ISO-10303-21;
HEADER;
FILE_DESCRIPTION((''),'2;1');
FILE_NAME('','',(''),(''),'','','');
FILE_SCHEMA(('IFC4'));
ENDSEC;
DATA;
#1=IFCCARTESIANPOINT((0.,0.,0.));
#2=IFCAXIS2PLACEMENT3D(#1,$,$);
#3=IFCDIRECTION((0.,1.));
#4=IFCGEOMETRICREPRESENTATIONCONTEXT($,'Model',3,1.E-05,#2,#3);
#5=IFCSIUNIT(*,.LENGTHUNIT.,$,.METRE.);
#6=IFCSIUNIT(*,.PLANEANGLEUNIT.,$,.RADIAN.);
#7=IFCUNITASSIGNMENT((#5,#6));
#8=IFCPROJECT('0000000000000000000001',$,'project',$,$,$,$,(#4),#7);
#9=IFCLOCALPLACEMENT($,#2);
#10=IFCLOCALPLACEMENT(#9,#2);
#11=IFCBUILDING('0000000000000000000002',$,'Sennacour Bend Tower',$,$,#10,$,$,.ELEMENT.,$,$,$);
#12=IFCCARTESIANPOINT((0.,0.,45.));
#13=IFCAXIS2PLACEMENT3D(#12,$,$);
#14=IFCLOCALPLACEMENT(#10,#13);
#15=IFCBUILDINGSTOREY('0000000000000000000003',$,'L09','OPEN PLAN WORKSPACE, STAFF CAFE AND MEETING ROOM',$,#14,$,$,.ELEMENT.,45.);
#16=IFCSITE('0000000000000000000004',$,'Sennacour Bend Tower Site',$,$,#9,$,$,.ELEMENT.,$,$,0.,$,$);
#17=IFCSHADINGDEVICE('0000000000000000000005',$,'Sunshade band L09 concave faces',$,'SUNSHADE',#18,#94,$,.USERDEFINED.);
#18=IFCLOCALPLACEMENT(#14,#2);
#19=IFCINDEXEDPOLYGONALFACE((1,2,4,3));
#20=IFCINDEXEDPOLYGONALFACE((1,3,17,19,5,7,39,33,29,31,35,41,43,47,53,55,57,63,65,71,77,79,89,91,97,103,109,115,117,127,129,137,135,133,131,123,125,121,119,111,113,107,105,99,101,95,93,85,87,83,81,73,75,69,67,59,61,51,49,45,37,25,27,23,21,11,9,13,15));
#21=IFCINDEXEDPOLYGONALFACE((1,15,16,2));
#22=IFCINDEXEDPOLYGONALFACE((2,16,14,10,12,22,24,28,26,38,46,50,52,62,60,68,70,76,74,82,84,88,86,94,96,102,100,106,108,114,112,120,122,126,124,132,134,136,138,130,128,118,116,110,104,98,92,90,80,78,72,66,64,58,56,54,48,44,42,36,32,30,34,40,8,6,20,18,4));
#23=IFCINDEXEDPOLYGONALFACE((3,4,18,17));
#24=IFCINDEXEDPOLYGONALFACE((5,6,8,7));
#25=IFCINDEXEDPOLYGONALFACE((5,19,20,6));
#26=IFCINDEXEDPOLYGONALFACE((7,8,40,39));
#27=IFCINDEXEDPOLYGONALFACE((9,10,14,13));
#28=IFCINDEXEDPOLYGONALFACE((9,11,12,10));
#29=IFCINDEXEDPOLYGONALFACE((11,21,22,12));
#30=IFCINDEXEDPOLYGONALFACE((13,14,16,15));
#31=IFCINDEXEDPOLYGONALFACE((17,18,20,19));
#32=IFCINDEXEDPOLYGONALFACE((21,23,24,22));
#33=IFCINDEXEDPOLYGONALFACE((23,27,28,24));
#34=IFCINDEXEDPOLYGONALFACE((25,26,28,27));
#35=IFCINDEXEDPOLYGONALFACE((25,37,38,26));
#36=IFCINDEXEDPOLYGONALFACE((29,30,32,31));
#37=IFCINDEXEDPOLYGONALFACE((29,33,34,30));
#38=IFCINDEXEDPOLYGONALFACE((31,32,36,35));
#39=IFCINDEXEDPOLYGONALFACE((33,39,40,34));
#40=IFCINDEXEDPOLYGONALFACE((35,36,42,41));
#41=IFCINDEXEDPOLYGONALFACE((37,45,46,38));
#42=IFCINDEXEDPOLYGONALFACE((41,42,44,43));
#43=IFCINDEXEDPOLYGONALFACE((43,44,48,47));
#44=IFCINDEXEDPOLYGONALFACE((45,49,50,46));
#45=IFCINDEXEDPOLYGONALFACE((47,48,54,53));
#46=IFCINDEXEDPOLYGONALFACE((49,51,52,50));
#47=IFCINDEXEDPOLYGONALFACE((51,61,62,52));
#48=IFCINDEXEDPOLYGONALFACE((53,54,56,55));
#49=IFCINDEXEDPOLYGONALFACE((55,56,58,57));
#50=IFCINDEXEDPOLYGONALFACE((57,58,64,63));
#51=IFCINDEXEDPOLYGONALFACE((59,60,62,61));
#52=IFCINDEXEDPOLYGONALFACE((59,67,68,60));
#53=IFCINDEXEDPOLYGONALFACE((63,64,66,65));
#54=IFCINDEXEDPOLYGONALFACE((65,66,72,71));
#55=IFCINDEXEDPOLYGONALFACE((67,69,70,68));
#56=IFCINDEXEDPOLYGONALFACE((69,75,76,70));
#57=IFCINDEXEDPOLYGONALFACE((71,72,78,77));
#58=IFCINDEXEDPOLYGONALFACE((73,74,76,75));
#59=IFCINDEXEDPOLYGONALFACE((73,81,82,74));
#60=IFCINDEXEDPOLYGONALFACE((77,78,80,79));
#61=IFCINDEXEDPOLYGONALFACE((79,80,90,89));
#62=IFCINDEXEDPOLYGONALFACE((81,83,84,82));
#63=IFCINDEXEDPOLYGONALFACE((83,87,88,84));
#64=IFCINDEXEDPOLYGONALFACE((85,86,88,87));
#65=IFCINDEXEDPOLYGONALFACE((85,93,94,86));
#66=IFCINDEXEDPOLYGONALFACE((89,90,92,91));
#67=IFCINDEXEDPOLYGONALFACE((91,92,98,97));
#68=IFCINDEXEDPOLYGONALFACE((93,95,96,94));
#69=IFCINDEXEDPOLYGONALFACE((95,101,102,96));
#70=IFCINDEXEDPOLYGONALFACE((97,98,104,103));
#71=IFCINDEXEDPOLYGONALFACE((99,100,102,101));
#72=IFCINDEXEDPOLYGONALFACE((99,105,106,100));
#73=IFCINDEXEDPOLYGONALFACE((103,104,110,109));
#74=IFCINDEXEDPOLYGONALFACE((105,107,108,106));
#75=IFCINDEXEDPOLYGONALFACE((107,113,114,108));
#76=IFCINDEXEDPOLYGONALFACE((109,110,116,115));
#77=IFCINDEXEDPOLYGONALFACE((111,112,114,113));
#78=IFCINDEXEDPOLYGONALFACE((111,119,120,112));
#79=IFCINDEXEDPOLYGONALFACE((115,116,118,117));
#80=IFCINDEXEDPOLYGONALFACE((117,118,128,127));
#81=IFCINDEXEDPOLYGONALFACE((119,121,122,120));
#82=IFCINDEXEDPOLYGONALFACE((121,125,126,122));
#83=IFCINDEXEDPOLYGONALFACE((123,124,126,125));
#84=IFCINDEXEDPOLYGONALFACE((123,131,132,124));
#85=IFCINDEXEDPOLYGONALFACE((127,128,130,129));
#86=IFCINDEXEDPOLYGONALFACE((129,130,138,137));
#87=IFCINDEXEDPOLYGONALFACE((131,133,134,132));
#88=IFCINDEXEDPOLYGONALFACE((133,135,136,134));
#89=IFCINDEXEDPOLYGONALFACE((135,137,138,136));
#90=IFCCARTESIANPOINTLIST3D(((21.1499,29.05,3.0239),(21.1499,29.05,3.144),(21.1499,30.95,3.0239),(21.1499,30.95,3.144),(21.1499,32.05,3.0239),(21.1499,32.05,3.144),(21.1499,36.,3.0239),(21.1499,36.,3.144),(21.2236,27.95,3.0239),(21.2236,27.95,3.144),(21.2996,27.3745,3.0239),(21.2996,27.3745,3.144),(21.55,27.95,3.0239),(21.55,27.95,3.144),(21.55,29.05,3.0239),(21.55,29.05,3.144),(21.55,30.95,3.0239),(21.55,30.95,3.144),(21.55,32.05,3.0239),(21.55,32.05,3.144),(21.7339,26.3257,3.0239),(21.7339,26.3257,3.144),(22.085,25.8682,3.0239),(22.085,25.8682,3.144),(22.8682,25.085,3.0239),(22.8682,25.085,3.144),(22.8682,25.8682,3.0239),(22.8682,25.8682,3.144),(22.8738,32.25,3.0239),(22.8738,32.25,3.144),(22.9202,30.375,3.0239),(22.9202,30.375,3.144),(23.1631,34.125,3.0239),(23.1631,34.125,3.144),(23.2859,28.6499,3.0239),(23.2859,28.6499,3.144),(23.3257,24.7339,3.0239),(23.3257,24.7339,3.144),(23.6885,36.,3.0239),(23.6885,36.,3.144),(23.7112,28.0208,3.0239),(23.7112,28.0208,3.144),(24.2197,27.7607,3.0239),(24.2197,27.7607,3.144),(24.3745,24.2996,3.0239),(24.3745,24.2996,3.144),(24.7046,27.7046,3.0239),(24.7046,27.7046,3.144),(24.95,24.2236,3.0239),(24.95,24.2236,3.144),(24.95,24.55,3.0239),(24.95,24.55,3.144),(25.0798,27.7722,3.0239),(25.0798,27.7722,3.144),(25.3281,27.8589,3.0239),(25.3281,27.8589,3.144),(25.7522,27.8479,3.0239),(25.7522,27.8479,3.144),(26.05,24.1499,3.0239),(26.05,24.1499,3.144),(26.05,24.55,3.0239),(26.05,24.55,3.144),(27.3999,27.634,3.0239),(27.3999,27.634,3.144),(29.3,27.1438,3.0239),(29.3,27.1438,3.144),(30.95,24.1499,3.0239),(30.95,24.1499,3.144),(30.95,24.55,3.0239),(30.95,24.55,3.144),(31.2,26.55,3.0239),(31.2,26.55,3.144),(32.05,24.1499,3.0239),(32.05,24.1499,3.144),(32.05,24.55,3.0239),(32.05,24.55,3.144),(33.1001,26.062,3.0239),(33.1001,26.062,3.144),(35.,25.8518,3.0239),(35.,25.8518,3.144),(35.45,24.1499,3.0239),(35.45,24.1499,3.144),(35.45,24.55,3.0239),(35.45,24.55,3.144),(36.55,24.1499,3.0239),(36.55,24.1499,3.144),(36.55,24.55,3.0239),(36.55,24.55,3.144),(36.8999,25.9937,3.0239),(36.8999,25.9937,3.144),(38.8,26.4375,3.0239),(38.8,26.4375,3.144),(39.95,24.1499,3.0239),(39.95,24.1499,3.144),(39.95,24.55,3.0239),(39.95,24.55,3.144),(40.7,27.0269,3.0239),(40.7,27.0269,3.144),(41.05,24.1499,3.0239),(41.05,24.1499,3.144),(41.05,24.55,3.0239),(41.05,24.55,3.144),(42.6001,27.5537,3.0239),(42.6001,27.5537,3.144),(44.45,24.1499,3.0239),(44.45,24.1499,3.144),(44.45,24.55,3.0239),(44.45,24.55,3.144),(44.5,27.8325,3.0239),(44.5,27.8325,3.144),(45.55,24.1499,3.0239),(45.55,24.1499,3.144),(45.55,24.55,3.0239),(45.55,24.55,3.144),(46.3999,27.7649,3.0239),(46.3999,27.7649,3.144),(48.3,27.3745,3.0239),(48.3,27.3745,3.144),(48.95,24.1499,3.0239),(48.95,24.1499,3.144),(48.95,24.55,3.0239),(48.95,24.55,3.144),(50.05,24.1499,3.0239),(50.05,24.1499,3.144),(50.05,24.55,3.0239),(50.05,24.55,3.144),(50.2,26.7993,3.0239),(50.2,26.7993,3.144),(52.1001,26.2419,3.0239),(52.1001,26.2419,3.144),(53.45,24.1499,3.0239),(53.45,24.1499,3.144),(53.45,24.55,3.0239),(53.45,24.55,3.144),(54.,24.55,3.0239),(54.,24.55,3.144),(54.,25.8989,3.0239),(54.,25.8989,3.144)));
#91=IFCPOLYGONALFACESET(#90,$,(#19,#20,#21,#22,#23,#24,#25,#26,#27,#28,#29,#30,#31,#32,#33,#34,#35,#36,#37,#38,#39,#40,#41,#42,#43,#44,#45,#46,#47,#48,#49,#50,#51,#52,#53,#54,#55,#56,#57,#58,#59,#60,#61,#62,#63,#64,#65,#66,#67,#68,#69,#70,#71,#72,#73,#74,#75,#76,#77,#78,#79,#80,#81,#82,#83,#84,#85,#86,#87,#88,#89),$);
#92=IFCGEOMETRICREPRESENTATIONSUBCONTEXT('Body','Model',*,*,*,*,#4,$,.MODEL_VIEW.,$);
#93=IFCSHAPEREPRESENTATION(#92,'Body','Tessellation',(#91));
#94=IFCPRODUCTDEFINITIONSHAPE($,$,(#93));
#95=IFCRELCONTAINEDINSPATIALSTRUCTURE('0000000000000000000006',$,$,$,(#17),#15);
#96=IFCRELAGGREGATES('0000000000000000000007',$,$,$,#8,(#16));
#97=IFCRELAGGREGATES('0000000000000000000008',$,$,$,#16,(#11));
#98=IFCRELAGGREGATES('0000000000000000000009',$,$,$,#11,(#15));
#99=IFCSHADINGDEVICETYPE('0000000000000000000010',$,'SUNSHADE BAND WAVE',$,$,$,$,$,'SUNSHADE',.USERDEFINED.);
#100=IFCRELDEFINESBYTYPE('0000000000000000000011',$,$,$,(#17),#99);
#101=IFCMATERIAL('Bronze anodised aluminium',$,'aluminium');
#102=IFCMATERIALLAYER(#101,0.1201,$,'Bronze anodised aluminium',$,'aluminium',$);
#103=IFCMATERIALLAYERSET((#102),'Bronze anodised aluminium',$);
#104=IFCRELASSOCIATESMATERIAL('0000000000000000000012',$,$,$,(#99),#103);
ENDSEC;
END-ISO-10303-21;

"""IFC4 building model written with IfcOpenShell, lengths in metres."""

from ifc_helpers import new_model, si_unit, direction, frame, origin, place, context, subcontext, project, spatial, polyline, outline, extrude, material, layer, layer_set, type_object, element, save


model = new_model("IFC4")

# Units and contexts
model_context = context("Model", 3, precision=1e-05, world=origin(), true_north=direction((0.0, 1.0)))
body_context = subcontext(model_context, "Body", "Model", "MODEL_VIEW")
ifc_project = project(units=[si_unit("LENGTHUNIT", "METRE"), si_unit("PLANEANGLEUNIT", "RADIAN")], contexts=[model_context])

# Site, building, storey
site_placement = place(None, origin())
site = spatial("IfcSite", under=ifc_project, at=site_placement, Name="Sennacour Bend Tower Site", CompositionType="ELEMENT", RefElevation=0.0)
building_placement = place(site_placement, origin())
building = spatial("IfcBuilding", under=site, at=building_placement, Name="Sennacour Bend Tower", CompositionType="ELEMENT")
storey_placement = place(building_placement, frame((0.0, 0.0, 45.0)))
storey = spatial("IfcBuildingStorey", under=building, at=storey_placement, Name="L09", Description="OPEN PLAN WORKSPACE, STAFF CAFE AND MEETING ROOM", CompositionType="ELEMENT", Elevation=45.0)

# Shading device
ifc_material_1 = material(Name="Bronze anodised aluminium", Category="aluminium")
ifc_layer_1 = layer(ifc_material_1, 0.1201, Name="Bronze anodised aluminium", Category="aluminium")
ifc_layer_set_1 = layer_set([ifc_layer_1], Name="Bronze anodised aluminium")
shading_device_type_1 = type_object("IfcShadingDeviceType", Name="SUNSHADE BAND WAVE", ElementType="SUNSHADE", PredefinedType="USERDEFINED", material=ifc_layer_set_1)
shading_device_1_placement = place(storey_placement, frame((0.0, 0.0, 3.0239)))
element("IfcShadingDevice", 1, at=shading_device_1_placement, inside=storey, type_object=shading_device_type_1, Name="Sunshade band L09 concave faces", ObjectType="SUNSHADE", PredefinedType="USERDEFINED", context=body_context, shape_type="SweptSolid", body=[
    extrude(outline(polyline([(53.45, 24.1499), (50.05, 24.1499), (50.05, 24.55), (48.95, 24.55), (48.95, 24.1499), (45.55, 24.1499), (45.55, 24.55), (44.45, 24.55), (44.45, 24.1499), (41.05, 24.1499), (41.05, 24.55), (39.95, 24.55), (39.95, 24.1499), (36.55, 24.1499), (36.55, 24.55), (35.45, 24.55), (35.45, 24.1499), (32.05, 24.1499), (32.05, 24.55), (30.95, 24.55), (30.95, 24.1499), (26.05, 24.1499), (26.05, 24.55), (24.95, 24.55), (24.95, 24.2236), (24.3745, 24.2996), (23.3257, 24.7339), (22.8682, 25.085), (22.8682, 25.8682), (22.085, 25.8682), (21.7339, 26.3257), (21.2996, 27.3745), (21.2236, 27.95), (21.55, 27.95), (21.55, 29.05), (21.1499, 29.05), (21.1499, 30.95), (21.55, 30.95), (21.55, 32.05), (21.1499, 32.05), (21.1499, 36.0), (23.6885, 36.0), (23.1631, 34.125), (22.8738, 32.25), (22.9202, 30.375), (23.2859, 28.6499), (23.7112, 28.0208), (24.2197, 27.7607), (24.7046, 27.7046), (25.0798, 27.7722), (25.3281, 27.8589), (25.7522, 27.8479), (27.3999, 27.634), (29.3, 27.1438), (31.2, 26.55), (33.1001, 26.062), (35.0, 25.8518), (36.8999, 25.9937), (38.8, 26.4375), (40.7, 27.0269), (42.6001, 27.5537), (44.5, 27.8325), (46.3999, 27.7649), (48.3, 27.3745), (50.2, 26.7993), (52.1001, 26.2419), (54.0, 25.8989), (54.0, 24.55), (53.45, 24.55), (53.45, 24.1499)])), origin(), (0.0, 0.0, 1.0), 0.1201),
])

save(model, "model.ifc")
